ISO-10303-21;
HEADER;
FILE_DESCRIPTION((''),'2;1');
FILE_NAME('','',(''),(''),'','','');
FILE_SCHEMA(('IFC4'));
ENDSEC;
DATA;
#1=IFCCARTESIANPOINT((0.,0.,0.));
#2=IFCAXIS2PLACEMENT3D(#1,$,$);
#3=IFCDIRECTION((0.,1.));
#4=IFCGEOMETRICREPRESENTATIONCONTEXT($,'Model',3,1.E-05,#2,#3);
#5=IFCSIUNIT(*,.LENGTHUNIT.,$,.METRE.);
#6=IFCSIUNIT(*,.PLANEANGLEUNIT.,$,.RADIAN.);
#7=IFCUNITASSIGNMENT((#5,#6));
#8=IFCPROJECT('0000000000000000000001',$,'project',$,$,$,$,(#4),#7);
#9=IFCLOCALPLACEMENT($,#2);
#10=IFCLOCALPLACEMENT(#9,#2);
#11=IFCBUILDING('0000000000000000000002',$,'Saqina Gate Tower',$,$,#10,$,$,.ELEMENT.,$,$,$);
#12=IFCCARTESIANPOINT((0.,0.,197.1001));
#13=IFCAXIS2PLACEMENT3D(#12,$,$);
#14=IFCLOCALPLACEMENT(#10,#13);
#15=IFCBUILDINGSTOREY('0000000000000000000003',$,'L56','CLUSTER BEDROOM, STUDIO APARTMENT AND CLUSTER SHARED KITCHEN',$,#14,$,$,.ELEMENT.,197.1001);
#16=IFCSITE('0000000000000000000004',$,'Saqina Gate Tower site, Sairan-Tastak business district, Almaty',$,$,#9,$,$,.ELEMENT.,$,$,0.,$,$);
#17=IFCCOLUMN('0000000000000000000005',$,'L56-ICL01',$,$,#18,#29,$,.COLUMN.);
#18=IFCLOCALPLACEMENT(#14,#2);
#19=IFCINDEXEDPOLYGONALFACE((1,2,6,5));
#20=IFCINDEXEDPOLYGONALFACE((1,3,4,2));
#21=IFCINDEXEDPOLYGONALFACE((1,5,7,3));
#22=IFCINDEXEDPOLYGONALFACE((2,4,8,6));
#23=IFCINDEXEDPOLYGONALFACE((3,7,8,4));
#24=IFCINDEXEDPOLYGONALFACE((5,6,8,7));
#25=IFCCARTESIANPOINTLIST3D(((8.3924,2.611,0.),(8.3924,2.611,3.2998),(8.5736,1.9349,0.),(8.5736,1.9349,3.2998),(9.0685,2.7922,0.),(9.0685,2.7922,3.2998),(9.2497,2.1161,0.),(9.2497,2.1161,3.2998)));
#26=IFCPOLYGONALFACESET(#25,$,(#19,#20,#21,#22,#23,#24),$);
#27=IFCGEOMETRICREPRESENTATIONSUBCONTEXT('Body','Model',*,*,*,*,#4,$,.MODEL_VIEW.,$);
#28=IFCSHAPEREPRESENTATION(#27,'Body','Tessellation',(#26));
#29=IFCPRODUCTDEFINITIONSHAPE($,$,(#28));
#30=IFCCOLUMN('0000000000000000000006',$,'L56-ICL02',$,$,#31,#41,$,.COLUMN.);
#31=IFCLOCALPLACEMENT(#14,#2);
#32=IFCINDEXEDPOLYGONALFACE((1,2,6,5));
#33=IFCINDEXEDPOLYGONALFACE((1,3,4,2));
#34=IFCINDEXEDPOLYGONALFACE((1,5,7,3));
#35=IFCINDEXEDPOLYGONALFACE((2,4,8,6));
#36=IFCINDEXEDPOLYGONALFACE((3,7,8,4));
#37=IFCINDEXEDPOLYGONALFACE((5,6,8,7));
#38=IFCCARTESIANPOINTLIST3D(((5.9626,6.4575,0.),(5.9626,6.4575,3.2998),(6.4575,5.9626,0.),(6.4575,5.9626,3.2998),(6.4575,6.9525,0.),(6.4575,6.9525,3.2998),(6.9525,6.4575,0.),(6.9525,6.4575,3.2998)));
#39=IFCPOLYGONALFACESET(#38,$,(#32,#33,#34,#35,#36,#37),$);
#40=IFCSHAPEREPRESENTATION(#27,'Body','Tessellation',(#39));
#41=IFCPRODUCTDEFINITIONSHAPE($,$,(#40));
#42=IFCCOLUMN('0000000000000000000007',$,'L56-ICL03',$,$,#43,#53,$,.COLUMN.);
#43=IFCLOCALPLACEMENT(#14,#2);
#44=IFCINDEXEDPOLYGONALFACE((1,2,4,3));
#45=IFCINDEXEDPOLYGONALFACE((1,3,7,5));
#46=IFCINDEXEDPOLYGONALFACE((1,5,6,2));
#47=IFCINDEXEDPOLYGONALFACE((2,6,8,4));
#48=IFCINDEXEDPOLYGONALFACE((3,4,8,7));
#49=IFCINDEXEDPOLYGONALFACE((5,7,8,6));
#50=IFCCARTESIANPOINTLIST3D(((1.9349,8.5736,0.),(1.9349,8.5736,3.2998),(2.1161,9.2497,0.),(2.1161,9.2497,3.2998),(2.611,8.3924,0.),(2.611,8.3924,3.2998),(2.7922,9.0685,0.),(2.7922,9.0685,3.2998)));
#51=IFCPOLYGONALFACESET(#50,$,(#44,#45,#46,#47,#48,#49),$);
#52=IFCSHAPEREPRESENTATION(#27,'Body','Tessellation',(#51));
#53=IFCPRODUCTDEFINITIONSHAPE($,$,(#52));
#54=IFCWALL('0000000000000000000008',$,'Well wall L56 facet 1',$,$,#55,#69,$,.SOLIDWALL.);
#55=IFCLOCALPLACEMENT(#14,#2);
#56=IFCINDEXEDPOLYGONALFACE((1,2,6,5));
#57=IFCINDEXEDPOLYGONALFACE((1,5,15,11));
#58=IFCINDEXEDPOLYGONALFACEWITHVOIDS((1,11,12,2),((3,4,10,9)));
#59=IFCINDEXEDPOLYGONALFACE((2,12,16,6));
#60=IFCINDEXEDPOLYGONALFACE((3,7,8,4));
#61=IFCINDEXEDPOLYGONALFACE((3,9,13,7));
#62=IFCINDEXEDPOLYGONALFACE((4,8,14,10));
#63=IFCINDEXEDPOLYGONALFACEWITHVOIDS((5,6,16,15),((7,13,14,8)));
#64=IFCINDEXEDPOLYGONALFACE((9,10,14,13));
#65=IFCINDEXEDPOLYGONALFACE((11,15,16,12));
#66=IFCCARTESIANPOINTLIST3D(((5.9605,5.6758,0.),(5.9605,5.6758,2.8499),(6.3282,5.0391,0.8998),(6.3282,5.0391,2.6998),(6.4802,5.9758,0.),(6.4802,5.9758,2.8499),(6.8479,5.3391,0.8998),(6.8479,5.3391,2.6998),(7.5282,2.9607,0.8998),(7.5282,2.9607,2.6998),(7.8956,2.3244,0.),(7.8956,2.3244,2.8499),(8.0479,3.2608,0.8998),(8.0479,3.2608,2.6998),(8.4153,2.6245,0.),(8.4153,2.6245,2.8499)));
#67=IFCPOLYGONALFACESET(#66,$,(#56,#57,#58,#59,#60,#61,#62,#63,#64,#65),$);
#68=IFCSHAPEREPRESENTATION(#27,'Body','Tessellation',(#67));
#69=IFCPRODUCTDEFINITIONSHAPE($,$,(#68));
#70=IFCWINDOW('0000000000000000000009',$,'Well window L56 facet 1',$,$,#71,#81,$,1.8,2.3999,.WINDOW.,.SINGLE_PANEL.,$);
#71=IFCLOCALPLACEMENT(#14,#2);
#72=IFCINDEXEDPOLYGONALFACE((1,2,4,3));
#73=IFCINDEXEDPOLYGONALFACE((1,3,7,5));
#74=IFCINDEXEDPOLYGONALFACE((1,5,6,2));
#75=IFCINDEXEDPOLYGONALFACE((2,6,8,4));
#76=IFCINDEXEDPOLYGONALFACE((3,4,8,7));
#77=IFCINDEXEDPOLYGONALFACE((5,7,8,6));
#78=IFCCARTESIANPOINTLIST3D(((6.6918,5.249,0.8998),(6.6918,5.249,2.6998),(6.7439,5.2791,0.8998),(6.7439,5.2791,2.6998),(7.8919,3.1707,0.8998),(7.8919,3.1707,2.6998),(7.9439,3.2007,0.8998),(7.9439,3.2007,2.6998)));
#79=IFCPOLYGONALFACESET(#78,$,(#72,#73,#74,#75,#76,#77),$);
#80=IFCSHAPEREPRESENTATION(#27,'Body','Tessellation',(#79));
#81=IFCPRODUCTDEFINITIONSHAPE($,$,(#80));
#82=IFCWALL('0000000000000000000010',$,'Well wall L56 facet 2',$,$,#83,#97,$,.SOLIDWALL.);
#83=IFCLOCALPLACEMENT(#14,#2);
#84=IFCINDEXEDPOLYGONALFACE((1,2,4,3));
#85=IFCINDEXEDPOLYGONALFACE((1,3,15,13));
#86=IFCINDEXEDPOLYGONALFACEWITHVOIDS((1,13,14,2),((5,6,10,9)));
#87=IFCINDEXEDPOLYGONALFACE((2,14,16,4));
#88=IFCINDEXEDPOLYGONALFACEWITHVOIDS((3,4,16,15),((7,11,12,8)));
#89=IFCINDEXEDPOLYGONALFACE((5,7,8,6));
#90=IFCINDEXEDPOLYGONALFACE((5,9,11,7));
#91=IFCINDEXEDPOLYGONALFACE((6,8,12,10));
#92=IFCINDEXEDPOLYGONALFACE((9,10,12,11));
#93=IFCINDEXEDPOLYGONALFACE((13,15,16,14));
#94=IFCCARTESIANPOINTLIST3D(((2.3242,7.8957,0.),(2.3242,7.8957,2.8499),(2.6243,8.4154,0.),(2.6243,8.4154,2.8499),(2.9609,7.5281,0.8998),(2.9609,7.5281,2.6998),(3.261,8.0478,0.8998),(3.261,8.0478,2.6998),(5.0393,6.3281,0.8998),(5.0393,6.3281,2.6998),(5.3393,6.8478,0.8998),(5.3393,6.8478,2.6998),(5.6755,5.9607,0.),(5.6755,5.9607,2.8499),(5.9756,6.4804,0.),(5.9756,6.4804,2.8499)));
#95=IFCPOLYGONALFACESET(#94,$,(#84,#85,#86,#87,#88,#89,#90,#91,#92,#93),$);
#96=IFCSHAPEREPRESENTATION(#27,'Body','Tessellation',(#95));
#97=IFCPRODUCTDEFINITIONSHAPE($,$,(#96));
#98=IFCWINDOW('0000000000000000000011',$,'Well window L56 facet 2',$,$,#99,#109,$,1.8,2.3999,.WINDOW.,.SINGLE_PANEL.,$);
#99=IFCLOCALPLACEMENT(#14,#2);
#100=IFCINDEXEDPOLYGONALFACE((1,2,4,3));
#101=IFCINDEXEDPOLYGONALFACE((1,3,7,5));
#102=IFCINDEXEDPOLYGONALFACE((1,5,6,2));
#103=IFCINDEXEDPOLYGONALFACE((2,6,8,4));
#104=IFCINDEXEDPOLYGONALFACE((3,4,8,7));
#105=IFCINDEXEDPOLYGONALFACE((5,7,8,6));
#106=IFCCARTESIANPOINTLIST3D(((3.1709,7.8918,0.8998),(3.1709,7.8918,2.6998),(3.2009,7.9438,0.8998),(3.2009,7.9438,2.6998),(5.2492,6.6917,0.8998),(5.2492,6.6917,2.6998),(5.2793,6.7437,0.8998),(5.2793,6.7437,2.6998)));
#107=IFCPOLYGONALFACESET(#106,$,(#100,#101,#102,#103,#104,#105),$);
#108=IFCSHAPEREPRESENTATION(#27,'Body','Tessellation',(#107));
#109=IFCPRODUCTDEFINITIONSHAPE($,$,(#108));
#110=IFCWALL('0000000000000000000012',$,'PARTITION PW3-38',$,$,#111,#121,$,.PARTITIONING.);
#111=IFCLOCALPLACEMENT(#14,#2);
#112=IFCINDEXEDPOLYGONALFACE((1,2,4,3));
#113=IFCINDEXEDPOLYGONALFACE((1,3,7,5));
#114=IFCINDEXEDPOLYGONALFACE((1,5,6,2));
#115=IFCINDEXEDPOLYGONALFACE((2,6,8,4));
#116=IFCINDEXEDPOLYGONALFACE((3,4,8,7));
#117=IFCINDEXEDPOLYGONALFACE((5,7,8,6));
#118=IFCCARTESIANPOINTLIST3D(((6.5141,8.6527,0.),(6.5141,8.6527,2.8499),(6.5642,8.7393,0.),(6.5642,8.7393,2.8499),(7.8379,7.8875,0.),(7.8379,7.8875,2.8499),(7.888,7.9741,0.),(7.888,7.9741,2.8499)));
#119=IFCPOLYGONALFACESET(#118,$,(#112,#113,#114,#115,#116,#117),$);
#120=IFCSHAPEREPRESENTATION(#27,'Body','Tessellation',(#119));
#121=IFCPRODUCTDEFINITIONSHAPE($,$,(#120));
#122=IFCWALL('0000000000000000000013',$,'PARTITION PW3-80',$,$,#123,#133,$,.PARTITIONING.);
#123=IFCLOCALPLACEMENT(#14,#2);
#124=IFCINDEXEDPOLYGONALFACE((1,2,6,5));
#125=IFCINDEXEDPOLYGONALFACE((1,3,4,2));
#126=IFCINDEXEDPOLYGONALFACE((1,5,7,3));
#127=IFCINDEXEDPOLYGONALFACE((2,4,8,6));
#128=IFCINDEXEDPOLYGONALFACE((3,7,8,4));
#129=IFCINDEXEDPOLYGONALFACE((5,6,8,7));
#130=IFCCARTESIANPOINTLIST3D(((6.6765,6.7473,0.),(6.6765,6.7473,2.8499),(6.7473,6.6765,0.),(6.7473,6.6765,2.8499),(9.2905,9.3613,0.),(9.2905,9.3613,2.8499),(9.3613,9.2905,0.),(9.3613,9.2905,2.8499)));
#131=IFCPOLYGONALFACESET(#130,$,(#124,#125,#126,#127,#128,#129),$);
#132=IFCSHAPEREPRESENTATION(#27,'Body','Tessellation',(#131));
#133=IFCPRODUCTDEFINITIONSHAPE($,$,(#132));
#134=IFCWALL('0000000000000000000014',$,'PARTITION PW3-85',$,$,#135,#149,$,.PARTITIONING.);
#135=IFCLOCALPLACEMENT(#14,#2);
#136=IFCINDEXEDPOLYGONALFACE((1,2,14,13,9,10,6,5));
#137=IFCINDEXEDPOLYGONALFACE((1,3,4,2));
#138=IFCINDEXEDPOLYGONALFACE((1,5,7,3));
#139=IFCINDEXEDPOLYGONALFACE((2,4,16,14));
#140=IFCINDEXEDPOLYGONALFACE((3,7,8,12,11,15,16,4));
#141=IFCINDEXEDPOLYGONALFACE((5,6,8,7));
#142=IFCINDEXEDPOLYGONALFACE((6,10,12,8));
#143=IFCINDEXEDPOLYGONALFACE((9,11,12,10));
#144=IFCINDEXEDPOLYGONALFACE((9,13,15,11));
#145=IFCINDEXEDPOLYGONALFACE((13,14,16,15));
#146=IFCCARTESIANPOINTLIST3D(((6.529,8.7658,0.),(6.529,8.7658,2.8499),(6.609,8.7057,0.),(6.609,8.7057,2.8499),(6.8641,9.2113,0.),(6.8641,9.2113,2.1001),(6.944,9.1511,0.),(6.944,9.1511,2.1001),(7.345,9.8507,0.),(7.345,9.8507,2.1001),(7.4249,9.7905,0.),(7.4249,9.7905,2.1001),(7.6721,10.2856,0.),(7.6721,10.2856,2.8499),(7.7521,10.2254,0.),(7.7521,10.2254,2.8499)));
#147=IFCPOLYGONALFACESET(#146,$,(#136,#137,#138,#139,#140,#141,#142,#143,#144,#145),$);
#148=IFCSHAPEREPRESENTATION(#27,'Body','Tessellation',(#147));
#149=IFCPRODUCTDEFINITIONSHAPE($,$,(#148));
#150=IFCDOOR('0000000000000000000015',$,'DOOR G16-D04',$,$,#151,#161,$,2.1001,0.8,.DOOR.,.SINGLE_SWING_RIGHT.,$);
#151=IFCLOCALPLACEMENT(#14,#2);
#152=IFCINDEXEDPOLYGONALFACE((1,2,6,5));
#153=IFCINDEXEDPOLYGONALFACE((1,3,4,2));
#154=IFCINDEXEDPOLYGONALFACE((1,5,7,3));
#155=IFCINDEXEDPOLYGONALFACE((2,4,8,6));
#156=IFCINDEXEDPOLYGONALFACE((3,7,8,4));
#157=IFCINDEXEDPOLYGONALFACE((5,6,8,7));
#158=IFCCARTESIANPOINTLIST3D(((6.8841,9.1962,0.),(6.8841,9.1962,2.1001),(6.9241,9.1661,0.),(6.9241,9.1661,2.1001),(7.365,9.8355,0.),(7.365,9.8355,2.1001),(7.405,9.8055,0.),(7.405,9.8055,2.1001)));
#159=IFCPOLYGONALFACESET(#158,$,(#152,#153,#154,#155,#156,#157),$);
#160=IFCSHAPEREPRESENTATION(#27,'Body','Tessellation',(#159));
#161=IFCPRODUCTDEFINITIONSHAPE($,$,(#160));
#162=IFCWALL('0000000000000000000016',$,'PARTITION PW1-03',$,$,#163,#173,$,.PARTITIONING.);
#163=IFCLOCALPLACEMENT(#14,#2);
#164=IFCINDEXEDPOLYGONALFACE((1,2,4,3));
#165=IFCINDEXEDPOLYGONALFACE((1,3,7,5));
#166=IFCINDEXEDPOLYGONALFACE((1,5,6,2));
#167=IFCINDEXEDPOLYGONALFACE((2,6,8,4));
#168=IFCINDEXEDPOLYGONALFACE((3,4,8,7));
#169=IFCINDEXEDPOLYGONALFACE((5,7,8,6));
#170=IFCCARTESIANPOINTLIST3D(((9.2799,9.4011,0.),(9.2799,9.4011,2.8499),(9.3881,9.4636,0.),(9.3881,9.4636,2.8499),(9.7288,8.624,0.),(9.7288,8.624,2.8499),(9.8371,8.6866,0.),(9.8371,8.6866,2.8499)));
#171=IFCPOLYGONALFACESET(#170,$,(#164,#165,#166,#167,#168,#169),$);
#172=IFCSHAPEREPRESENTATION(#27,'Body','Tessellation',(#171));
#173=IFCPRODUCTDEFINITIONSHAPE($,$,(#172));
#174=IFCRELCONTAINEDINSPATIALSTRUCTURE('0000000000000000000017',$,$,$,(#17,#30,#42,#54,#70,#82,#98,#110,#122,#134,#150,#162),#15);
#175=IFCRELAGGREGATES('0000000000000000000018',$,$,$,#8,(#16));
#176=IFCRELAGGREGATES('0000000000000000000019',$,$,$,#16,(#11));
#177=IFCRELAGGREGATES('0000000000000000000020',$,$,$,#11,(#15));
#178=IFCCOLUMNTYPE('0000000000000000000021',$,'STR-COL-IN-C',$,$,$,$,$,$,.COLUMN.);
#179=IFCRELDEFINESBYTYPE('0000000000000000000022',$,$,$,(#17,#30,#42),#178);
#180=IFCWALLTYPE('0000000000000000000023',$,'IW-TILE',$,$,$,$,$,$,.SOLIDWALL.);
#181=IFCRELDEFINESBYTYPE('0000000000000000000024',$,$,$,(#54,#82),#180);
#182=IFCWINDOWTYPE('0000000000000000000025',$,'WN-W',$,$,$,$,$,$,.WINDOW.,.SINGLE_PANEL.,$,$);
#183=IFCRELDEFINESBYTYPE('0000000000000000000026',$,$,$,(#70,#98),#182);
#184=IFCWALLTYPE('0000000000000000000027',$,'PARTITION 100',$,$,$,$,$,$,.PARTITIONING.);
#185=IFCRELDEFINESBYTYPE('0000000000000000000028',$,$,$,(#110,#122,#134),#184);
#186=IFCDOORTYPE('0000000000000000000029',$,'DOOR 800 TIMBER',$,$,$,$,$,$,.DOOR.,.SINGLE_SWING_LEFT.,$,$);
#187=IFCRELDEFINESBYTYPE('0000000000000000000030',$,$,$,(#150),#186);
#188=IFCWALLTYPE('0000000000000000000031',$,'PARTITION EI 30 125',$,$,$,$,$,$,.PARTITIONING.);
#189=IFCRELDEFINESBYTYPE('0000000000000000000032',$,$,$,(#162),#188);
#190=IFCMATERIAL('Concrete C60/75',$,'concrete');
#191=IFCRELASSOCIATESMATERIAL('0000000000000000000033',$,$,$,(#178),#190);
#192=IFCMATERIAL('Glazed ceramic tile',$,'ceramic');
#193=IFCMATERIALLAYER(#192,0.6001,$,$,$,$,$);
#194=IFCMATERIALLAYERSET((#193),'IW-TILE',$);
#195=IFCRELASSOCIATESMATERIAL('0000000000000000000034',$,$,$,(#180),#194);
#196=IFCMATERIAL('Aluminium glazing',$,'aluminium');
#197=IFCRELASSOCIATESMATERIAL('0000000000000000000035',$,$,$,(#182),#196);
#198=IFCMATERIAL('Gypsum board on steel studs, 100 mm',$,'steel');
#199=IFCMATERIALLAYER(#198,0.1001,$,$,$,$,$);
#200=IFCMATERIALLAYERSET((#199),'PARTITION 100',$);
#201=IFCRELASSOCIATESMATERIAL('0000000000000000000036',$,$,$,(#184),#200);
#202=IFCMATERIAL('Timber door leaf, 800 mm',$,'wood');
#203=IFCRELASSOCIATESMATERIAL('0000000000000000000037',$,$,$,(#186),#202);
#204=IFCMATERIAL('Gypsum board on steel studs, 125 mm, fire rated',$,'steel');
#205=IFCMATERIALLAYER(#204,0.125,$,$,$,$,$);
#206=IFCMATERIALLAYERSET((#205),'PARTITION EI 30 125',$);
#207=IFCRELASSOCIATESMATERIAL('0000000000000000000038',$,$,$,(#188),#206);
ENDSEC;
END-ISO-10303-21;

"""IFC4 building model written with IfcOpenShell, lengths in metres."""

from ifc_helpers import new_model, si_unit, direction, frame, frame_2d, origin, origin_2d, place, context, subcontext, project, spatial, rectangle, extrude, material, layer, layer_set, material_profile, profile_set, type_object, element, fill, save


model = new_model("IFC4")

# Units and contexts
model_context = context("Model", 3, precision=1e-05, world=origin(), true_north=direction((0.0, 1.0)))
body_context = subcontext(model_context, "Body", "Model", "MODEL_VIEW")
ifc_project = project(units=[si_unit("LENGTHUNIT", "METRE"), si_unit("PLANEANGLEUNIT", "RADIAN")], contexts=[model_context])

# Site, building, storey
site_placement = place(None, origin())
site = spatial("IfcSite", under=ifc_project, at=site_placement, Name="Saqina Gate Tower site, Sairan-Tastak business district, Almaty", CompositionType="ELEMENT", RefElevation=0.0)
building_placement = place(site_placement, origin())
building = spatial("IfcBuilding", under=site, at=building_placement, Name="Saqina Gate Tower", CompositionType="ELEMENT")
storey_placement = place(building_placement, frame((0.0, 0.0, 197.1001)))
storey = spatial("IfcBuildingStorey", under=building, at=storey_placement, Name="L56", Description="CLUSTER BEDROOM, STUDIO APARTMENT AND CLUSTER SHARED KITCHEN", CompositionType="ELEMENT", Elevation=197.1001)

# Columns
ifc_material_1 = material(Name="Concrete C60/75", Category="concrete")
ifc_material_profile = material_profile(ifc_material_1, rectangle(XDim=0.7, YDim=0.7, at=origin_2d()), Name="RC 700x700")
ifc_profile_set = profile_set([ifc_material_profile], Name="Concrete C60/75")
column_type = type_object("IfcColumnType", Name="STR-COL-IN-C", PredefinedType="COLUMN", material=ifc_profile_set)
for number, where, z_axis, x_axis, name in (
    (1, (8.821, 2.3635, 0.0), (0.0, 0.0, 1.0), (0.965926, 0.258819, 0.0), "L56-ICL01"),
    (2, (6.4575, 6.4575, 0.0), (0.0, 0.0, 1.0), (0.707107, 0.707107, 0.0), "L56-ICL02"),
    (3, (2.3635, 8.821, 0.0), (0.0, 0.0, 1.0), (0.258819, 0.965926, 0.0), "L56-ICL03"),
):
    element("IfcColumn", number, at=place(storey_placement, frame(where, z_axis=z_axis, x_axis=x_axis)), inside=storey, type_object=column_type, Name=name, PredefinedType="COLUMN", context=body_context, shape_type="SweptSolid", body=[
        extrude(rectangle(XDim=0.7, YDim=0.7, at=origin_2d()), origin(), (0.0, 0.0, 1.0), 3.2998),
    ])

# Walls, openings, windows
ifc_material_2 = material(Name="Glazed ceramic tile", Category="ceramic")
ifc_layer_1 = layer(ifc_material_2, 0.6001)
ifc_layer_set_1 = layer_set([ifc_layer_1], Name="IW-TILE")
wall_type_1 = type_object("IfcWallType", Name="IW-TILE", PredefinedType="SOLIDWALL", material=ifc_layer_set_1)
wall_1_placement = place(storey_placement, frame((8.1555, 2.4744, 0.0), z_axis=(0.0, 0.0, 1.0), x_axis=(-0.500034, 0.866006, 0.0)))
wall_1 = element("IfcWall", 4, at=wall_1_placement, inside=storey, type_object=wall_type_1, Name="Well wall L56 facet 1", PredefinedType="SOLIDWALL", context=body_context, shape_type="SweptSolid", body=[
    extrude(rectangle(XDim=3.8699, YDim=0.6001, at=frame_2d((1.9351, 0.0))), origin(), (0.0, 0.0, 1.0), 2.8499),
])
opening_1_placement = place(wall_1_placement, frame((0.7349, 0.0, 0.8999)))
opening_1 = element("IfcOpeningElement", 5, at=opening_1_placement, cuts=wall_1, PredefinedType="OPENING", context=body_context, shape_type="SweptSolid", body=[
    extrude(rectangle(XDim=2.3999, YDim=1.8, at=frame_2d((1.2, 0.8999))), frame((0.0, 0.312, 0.0), z_axis=(0.0, -1.0, 0.0), x_axis=(1.0, 0.0, 0.0)), (0.0, 0.0, 1.0), 0.624),
])
ifc_material_3 = material(Name="Aluminium glazing", Category="aluminium")
window_type = type_object("IfcWindowType", Name="WN-W", PartitioningType="SINGLE_PANEL", PredefinedType="WINDOW", material=ifc_material_3)
window_1_placement = place(opening_1_placement, origin())
window_1 = element("IfcWindow", 6, at=window_1_placement, inside=storey, type_object=window_type, Name="Well window L56 facet 1", OverallHeight=1.8, OverallWidth=2.3999, PartitioningType="SINGLE_PANEL", PredefinedType="WINDOW", context=body_context, shape_type="SweptSolid", body=[
    extrude(rectangle(XDim=2.3999, YDim=1.8, at=frame_2d((1.2, 0.8999))), frame((0.0, -0.1199, 0.0), z_axis=(0.0, -1.0, 0.0), x_axis=(1.0, 0.0, 0.0)), (0.0, 0.0, 1.0), 0.0601),
])
fill(opening_1, window_1)
wall_2_placement = place(storey_placement, frame((5.8257, 6.2205, 0.0), z_axis=(0.0, 0.0, 1.0), x_axis=(-0.866006, 0.500034, 0.0)))
wall_2 = element("IfcWall", 7, at=wall_2_placement, inside=storey, type_object=wall_type_1, Name="Well wall L56 facet 2", PredefinedType="SOLIDWALL", context=body_context, shape_type="SweptSolid", body=[
    extrude(rectangle(XDim=3.8699, YDim=0.6001, at=frame_2d((1.9351, 0.0))), origin(), (0.0, 0.0, 1.0), 2.8499),
])
opening_2_placement = place(wall_2_placement, frame((0.7349, 0.0, 0.8999)))
opening_2 = element("IfcOpeningElement", 8, at=opening_2_placement, cuts=wall_2, PredefinedType="OPENING", context=body_context, shape_type="SweptSolid", body=[
    extrude(rectangle(XDim=2.3999, YDim=1.8, at=frame_2d((1.2, 0.8999))), frame((0.0, 0.312, 0.0), z_axis=(0.0, -1.0, 0.0), x_axis=(1.0, 0.0, 0.0)), (0.0, 0.0, 1.0), 0.624),
])
window_2_placement = place(opening_2_placement, origin())
window_2 = element("IfcWindow", 9, at=window_2_placement, inside=storey, type_object=window_type, Name="Well window L56 facet 2", OverallHeight=1.8, OverallWidth=2.3999, PartitioningType="SINGLE_PANEL", PredefinedType="WINDOW", context=body_context, shape_type="SweptSolid", body=[
    extrude(rectangle(XDim=2.3999, YDim=1.8, at=frame_2d((1.2, 0.8999))), frame((0.0, -0.1199, 0.0), z_axis=(0.0, -1.0, 0.0), x_axis=(1.0, 0.0, 0.0)), (0.0, 0.0, 1.0), 0.0601),
])
fill(opening_2, window_2)

# Walls
ifc_material_4 = material(Name="Gypsum board on steel studs, 100 mm", Category="steel")
ifc_layer_2 = layer(ifc_material_4, 0.1001)
ifc_layer_set_2 = layer_set([ifc_layer_2], Name="PARTITION 100")
wall_type_2 = type_object("IfcWallType", Name="PARTITION 100", PredefinedType="PARTITIONING", material=ifc_layer_set_2)
wall_3_placement = place(storey_placement, frame((6.5391, 8.696, 0.0), z_axis=(0.0, 0.0, 1.0), x_axis=(0.865776, -0.500432, 0.0)))
element("IfcWall", 10, at=wall_3_placement, inside=storey, type_object=wall_type_2, Name="PARTITION PW3-38", PredefinedType="PARTITIONING", context=body_context, shape_type="SweptSolid", body=[
    extrude(rectangle(XDim=1.5291, YDim=0.1001, at=frame_2d((0.7646, 0.0))), origin(), (0.0, 0.0, 1.0), 2.8499),
])
wall_4_placement = place(storey_placement, frame((6.7119, 6.7119, 0.0), z_axis=(0.0, 0.0, 1.0), x_axis=(0.707107, 0.707107, 0.0)))
element("IfcWall", 11, at=wall_4_placement, inside=storey, type_object=wall_type_2, Name="PARTITION PW3-80", PredefinedType="PARTITIONING", context=body_context, shape_type="SweptSolid", body=[
    extrude(rectangle(XDim=3.6968, YDim=0.1001, at=frame_2d((1.8484, 0.0))), origin(), (0.0, 0.0, 1.0), 2.8499),
])

# Wall, opening, door
wall_5_placement = place(storey_placement, frame((6.5691, 8.7358, 0.0), z_axis=(0.0, 0.0, 1.0), x_axis=(0.601088, 0.799183, 0.0)))
wall_5 = element("IfcWall", 12, at=wall_5_placement, inside=storey, type_object=wall_type_2, Name="PARTITION PW3-85", PredefinedType="PARTITIONING", context=body_context, shape_type="SweptSolid", body=[
    extrude(rectangle(XDim=1.9016, YDim=0.1001, at=frame_2d((0.9507, 0.0))), origin(), (0.0, 0.0, 1.0), 2.8499),
])
opening_3_placement = place(wall_5_placement, frame((0.5574, 0.0, 0.0)))
opening_3 = element("IfcOpeningElement", 13, at=opening_3_placement, cuts=wall_5, PredefinedType="OPENING", context=body_context, shape_type="SweptSolid", body=[
    extrude(rectangle(XDim=0.8, YDim=2.1001, at=frame_2d((0.3999, 1.05))), frame((0.0, 0.062, 0.0), z_axis=(0.0, -1.0, 0.0), x_axis=(1.0, 0.0, 0.0)), (0.0, 0.0, 1.0), 0.124),
])
ifc_material_5 = material(Name="Timber door leaf, 800 mm", Category="wood")
door_type_1 = type_object("IfcDoorType", Name="DOOR 800 TIMBER", OperationType="SINGLE_SWING_LEFT", PredefinedType="DOOR", material=ifc_material_5)
door_1_placement = place(opening_3_placement, origin())
door_1 = element("IfcDoor", 14, at=door_1_placement, inside=storey, type_object=door_type_1, Name="DOOR G16-D04", OperationType="SINGLE_SWING_RIGHT", OverallHeight=2.1001, OverallWidth=0.8, PredefinedType="DOOR", context=body_context, shape_type="SweptSolid", body=[
    extrude(rectangle(XDim=0.8, YDim=2.1001, at=frame_2d((0.3999, 1.05))), frame((0.0, 0.0249, 0.0), z_axis=(0.0, -1.0, 0.0), x_axis=(1.0, 0.0, 0.0)), (0.0, 0.0, 1.0), 0.05),
])
fill(opening_3, door_1)

# Wall
ifc_material_6 = material(Name="Gypsum board on steel studs, 125 mm, fire rated", Category="steel")
ifc_layer_3 = layer(ifc_material_6, 0.125)
ifc_layer_set_3 = layer_set([ifc_layer_3], Name="PARTITION EI 30 125")
wall_type_3 = type_object("IfcWallType", Name="PARTITION EI 30 125", PredefinedType="PARTITIONING", material=ifc_layer_set_3)
wall_6_placement = place(storey_placement, frame((9.334, 9.4324, 0.0), z_axis=(0.0, 0.0, 1.0), x_axis=(0.500264, -0.865873, 0.0)))
element("IfcWall", 15, at=wall_6_placement, inside=storey, type_object=wall_type_3, Name="PARTITION PW1-03", PredefinedType="PARTITIONING", context=body_context, shape_type="SweptSolid", body=[
    extrude(rectangle(XDim=0.8975, YDim=0.125, at=frame_2d((0.4487, 0.0))), origin(), (0.0, 0.0, 1.0), 2.8499),
])

save(model, "model.ifc")
